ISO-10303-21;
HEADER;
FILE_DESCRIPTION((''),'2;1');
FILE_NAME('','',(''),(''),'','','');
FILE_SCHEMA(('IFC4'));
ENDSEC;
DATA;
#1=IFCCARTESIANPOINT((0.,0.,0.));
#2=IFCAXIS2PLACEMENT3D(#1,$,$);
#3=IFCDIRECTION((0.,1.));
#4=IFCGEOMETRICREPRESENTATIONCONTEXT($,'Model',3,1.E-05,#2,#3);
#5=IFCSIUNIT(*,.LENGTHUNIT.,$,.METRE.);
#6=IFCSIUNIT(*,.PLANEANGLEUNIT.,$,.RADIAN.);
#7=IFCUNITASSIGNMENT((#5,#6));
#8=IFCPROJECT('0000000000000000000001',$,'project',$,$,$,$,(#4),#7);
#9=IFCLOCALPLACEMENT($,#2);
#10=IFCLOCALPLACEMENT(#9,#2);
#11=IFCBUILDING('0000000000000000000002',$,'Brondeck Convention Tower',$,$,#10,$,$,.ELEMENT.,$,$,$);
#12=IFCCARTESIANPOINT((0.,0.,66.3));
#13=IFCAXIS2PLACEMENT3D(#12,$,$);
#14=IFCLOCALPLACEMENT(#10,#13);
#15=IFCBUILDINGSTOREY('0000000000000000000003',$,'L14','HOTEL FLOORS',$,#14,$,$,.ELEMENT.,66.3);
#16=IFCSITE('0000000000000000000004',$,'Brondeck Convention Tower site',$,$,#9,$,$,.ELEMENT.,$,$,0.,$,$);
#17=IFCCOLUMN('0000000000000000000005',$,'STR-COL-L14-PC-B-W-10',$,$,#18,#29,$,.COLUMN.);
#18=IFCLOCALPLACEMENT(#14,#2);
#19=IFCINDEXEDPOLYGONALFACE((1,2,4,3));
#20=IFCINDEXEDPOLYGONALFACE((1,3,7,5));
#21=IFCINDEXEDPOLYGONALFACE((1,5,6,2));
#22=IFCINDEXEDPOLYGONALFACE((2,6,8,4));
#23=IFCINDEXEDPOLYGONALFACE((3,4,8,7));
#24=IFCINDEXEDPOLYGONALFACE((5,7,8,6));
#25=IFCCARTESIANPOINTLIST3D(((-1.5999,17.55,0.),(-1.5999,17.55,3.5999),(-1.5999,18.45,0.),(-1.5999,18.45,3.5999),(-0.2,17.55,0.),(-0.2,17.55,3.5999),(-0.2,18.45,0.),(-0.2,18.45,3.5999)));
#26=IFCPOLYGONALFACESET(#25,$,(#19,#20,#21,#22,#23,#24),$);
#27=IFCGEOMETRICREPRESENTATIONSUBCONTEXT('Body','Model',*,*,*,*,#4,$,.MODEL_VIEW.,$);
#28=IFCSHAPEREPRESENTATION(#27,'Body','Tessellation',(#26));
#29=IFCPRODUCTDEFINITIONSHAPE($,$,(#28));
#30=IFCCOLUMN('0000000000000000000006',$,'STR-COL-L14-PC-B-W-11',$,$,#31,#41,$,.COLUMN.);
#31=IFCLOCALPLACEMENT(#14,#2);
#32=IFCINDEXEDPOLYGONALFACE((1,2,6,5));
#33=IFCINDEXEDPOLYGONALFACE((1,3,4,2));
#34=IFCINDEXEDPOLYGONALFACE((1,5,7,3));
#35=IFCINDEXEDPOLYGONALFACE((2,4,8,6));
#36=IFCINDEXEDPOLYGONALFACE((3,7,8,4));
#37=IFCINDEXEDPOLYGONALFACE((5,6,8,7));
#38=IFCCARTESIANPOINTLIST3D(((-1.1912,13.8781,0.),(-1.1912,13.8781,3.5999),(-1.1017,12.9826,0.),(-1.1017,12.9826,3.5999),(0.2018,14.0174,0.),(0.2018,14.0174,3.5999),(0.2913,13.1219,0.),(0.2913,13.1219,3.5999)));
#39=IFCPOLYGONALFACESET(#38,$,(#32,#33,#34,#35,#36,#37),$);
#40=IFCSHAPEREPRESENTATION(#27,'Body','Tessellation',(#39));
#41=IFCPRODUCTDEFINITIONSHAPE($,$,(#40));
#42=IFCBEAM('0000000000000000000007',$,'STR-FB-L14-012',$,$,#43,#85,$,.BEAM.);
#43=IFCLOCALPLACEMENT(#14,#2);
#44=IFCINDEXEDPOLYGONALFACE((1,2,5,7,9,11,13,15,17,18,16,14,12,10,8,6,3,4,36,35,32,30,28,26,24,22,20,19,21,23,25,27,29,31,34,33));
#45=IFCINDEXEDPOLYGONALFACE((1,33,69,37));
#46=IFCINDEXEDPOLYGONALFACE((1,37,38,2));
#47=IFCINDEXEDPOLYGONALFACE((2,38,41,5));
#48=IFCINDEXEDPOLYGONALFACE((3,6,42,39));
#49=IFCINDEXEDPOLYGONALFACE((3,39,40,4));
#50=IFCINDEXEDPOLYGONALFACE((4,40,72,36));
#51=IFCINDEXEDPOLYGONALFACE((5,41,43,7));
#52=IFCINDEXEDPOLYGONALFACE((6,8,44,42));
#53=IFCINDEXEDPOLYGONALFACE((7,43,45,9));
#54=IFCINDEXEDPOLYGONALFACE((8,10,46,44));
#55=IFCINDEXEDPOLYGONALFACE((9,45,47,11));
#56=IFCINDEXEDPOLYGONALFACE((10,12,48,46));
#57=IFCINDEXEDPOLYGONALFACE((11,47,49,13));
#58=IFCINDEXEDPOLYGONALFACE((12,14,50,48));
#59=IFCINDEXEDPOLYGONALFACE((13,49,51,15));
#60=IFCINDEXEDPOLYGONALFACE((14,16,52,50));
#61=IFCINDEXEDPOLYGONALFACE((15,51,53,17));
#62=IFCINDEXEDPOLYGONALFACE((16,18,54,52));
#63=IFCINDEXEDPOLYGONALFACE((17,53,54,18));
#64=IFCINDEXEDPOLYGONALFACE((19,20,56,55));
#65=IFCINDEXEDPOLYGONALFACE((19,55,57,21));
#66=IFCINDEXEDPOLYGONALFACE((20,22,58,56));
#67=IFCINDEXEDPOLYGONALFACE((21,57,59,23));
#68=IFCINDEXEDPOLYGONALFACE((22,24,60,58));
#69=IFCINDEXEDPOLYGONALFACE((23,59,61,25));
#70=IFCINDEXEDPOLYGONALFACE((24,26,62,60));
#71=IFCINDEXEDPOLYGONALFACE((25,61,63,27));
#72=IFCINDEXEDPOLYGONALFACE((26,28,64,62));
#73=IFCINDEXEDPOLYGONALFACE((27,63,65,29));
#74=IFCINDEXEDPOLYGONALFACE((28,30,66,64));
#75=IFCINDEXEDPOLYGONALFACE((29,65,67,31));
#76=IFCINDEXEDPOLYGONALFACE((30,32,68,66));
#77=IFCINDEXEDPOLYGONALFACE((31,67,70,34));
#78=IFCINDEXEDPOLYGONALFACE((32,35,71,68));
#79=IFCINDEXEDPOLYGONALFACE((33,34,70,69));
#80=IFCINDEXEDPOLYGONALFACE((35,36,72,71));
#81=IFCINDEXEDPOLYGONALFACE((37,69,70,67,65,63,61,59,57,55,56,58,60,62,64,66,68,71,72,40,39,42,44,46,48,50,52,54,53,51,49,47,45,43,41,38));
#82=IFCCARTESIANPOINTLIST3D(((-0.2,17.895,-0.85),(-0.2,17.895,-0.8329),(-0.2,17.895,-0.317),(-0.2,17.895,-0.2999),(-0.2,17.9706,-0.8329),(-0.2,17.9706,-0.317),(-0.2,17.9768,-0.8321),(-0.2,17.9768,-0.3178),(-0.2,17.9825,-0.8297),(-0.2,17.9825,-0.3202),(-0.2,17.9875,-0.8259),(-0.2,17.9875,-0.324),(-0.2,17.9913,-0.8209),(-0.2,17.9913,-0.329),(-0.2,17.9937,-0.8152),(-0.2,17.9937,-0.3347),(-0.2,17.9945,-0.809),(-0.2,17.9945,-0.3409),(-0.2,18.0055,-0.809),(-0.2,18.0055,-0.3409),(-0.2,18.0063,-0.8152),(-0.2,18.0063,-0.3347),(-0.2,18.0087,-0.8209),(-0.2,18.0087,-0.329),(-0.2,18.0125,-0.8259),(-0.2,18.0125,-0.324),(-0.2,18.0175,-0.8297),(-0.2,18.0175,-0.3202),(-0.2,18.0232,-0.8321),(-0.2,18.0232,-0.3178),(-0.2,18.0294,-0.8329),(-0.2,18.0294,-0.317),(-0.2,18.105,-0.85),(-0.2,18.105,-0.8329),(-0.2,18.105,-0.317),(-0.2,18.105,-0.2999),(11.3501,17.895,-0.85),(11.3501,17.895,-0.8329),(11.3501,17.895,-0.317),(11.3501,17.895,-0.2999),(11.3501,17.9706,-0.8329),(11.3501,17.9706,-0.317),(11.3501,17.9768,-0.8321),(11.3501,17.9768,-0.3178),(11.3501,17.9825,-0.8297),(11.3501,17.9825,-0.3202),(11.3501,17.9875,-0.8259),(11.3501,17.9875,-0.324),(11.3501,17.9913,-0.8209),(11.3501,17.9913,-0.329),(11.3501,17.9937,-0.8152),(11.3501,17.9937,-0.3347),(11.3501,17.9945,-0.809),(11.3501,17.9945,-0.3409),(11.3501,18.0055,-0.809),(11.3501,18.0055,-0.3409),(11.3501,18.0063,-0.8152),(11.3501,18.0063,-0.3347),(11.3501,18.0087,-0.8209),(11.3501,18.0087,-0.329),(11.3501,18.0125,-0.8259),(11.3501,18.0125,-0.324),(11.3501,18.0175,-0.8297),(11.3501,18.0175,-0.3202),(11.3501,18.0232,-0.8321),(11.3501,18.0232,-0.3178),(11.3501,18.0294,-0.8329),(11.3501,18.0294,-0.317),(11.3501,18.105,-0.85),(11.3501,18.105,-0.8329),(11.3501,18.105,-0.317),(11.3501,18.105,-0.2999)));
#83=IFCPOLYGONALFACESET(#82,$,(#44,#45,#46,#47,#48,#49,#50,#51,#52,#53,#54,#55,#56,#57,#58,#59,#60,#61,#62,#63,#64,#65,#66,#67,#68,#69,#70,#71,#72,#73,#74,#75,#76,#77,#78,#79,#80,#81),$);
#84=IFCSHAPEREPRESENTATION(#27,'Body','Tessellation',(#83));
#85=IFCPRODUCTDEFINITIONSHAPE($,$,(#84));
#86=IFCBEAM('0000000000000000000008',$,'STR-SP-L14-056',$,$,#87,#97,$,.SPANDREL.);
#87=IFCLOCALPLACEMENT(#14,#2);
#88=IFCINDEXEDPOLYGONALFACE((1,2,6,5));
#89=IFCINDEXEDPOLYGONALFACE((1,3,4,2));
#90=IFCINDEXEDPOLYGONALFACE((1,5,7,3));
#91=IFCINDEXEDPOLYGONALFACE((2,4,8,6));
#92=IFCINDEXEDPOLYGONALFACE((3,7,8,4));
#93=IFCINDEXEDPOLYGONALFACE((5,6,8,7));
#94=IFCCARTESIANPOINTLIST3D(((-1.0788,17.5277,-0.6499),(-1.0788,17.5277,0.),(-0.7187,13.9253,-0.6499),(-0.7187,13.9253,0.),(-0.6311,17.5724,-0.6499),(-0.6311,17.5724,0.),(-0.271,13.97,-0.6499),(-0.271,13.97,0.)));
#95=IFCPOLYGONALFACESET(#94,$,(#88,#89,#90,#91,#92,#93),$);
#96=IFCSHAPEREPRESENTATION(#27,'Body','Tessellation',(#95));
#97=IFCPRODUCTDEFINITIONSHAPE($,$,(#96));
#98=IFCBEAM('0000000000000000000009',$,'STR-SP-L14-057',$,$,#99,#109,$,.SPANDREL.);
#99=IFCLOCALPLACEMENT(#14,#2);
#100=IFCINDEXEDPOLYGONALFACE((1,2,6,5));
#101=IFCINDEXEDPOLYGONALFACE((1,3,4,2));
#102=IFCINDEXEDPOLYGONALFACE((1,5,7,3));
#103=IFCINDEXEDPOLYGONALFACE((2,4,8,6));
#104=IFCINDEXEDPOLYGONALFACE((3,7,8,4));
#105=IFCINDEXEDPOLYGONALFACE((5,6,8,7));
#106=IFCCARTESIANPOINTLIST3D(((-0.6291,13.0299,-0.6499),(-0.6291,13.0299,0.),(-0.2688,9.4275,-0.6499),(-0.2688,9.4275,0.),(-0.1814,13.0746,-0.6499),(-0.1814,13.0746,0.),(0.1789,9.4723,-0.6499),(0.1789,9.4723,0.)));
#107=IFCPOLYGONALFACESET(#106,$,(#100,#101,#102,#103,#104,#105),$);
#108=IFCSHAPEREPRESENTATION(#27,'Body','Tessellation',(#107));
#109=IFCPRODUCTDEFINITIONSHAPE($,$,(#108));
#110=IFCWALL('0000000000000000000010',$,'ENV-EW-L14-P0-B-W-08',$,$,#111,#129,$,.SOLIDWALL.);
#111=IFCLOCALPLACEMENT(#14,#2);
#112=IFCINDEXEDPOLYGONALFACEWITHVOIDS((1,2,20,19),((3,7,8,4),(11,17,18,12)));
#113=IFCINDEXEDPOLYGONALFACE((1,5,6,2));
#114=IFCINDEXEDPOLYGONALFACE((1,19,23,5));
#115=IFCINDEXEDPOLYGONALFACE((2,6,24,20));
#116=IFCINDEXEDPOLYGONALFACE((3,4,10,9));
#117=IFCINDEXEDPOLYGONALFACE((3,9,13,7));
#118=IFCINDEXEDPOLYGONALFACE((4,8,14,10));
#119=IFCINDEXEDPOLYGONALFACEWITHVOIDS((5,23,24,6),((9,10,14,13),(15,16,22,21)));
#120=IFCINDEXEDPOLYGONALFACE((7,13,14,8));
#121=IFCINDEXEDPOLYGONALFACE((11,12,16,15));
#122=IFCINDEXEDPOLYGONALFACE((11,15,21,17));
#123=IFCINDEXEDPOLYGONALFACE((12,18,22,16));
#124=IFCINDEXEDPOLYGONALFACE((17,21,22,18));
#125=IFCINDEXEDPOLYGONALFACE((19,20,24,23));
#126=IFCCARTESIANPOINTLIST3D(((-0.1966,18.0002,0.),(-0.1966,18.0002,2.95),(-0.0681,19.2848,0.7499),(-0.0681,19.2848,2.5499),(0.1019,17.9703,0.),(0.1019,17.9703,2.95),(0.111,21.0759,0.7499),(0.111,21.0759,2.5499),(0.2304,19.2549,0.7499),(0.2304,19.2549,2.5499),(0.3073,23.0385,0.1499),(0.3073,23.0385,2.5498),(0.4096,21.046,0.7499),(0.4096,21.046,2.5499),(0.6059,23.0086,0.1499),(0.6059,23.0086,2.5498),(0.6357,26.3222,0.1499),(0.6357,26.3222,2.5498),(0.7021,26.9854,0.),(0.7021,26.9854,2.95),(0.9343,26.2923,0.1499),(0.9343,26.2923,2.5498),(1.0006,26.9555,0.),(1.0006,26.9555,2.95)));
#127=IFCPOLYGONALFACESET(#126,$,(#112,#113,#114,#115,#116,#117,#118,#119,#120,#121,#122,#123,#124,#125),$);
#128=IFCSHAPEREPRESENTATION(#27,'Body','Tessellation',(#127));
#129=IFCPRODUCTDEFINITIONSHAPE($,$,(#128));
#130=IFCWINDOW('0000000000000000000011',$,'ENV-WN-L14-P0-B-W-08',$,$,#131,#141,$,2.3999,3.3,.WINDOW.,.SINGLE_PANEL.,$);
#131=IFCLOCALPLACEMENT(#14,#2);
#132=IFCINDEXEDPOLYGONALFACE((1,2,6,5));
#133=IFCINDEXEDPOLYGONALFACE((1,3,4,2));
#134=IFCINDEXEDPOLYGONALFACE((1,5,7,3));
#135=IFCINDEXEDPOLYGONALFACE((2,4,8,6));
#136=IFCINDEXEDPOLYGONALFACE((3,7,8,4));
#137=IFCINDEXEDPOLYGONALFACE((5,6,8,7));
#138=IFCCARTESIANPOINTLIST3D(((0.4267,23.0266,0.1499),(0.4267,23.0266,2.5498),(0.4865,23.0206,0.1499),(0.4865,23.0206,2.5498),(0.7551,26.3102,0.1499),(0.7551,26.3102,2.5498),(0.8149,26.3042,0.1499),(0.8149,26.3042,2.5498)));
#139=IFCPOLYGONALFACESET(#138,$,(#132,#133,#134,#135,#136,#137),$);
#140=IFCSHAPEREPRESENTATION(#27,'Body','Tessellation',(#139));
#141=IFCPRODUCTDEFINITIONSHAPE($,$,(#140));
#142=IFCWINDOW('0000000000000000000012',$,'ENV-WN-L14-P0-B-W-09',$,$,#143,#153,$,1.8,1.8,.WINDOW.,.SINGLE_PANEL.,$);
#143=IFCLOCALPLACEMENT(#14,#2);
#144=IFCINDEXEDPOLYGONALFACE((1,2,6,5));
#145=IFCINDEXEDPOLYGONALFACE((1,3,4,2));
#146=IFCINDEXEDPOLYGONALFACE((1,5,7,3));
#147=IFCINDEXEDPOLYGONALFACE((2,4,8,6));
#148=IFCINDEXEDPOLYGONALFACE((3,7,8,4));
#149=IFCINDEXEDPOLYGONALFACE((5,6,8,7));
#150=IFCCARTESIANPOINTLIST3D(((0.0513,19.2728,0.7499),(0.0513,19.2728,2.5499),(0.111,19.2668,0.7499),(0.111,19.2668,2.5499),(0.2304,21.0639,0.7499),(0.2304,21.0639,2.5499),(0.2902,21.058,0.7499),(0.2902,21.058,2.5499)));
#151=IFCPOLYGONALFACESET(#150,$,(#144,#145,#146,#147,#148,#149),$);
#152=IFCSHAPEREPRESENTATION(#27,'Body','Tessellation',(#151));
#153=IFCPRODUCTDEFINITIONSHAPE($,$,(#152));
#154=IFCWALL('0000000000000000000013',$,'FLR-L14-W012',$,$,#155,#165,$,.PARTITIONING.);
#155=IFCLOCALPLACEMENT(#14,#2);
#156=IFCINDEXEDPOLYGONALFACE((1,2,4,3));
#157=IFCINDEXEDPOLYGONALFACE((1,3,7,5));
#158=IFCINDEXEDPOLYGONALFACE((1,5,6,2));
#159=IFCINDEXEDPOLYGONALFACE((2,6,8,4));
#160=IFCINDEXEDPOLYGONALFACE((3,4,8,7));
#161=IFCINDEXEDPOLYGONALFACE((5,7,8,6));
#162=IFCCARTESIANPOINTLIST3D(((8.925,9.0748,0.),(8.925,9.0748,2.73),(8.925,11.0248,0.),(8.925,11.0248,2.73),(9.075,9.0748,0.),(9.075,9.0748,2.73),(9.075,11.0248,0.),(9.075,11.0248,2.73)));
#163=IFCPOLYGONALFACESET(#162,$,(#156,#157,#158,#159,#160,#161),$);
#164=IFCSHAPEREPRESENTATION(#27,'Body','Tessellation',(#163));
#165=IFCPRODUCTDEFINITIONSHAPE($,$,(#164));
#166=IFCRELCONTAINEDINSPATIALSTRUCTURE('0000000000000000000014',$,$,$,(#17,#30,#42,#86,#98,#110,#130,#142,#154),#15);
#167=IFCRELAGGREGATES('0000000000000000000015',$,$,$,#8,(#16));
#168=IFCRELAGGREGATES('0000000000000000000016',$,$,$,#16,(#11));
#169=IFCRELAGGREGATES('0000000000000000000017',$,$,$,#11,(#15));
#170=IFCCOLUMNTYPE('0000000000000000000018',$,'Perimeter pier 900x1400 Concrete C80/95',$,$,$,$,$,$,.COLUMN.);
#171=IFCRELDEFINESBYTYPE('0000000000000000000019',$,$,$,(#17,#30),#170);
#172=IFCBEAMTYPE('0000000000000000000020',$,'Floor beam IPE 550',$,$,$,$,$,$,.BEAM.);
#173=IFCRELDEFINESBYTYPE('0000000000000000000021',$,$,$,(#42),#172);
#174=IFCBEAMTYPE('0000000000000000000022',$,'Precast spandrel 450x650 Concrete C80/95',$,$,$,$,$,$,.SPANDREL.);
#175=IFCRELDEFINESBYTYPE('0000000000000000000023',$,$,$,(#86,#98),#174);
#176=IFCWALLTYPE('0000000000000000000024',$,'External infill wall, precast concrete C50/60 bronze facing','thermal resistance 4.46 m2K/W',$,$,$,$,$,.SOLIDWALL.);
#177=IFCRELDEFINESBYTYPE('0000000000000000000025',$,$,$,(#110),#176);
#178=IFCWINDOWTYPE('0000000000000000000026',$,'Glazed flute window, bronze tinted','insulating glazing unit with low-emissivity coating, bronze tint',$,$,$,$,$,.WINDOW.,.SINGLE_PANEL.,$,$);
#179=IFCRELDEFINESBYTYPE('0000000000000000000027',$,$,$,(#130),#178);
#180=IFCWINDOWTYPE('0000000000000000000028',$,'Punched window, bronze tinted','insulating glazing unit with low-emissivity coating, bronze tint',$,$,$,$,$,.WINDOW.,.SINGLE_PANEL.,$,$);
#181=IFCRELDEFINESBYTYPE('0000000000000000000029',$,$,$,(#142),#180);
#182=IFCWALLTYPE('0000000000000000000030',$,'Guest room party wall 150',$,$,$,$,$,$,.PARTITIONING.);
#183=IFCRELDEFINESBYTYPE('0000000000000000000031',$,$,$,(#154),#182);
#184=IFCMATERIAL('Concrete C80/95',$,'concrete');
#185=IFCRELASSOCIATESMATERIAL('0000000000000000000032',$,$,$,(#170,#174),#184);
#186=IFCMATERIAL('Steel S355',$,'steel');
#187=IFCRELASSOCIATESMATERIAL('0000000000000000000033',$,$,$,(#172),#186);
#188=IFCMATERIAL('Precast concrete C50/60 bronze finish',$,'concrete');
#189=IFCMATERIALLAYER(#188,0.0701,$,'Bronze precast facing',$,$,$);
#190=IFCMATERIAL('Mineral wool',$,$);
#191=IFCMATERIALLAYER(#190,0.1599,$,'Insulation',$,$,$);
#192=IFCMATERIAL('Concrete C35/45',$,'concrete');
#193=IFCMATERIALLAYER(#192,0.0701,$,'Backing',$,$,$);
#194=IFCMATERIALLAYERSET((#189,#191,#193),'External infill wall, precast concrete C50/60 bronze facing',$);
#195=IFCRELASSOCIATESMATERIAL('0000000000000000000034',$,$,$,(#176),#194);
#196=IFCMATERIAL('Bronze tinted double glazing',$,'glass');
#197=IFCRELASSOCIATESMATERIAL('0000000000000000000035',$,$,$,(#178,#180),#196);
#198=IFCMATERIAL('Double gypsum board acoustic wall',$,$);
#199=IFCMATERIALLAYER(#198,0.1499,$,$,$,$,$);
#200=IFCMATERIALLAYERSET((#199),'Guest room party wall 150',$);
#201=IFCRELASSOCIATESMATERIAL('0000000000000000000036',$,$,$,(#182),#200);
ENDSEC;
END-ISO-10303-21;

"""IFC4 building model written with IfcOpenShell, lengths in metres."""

from ifc_helpers import new_model, si_unit, direction, frame, frame_2d, origin, origin_2d, place, context, subcontext, project, spatial, rectangle, i_section, extrude, material, layer, layer_set, material_profile, profile_set, type_object, element, fill, save


model = new_model("IFC4")

# Units and contexts
model_context = context("Model", 3, precision=1e-05, world=origin(), true_north=direction((0.0, 1.0)))
body_context = subcontext(model_context, "Body", "Model", "MODEL_VIEW")
ifc_project = project(units=[si_unit("LENGTHUNIT", "METRE"), si_unit("PLANEANGLEUNIT", "RADIAN")], contexts=[model_context])

# Site, building, storey
site_placement = place(None, origin())
site = spatial("IfcSite", under=ifc_project, at=site_placement, Name="Brondeck Convention Tower site", CompositionType="ELEMENT", RefElevation=0.0)
building_placement = place(site_placement, origin())
building = spatial("IfcBuilding", under=site, at=building_placement, Name="Brondeck Convention Tower", CompositionType="ELEMENT")
storey_placement = place(building_placement, frame((0.0, 0.0, 66.3)))
storey = spatial("IfcBuildingStorey", under=building, at=storey_placement, Name="L14", Description="HOTEL FLOORS", CompositionType="ELEMENT", Elevation=66.3)

# Columns
ifc_material_1 = material(Name="Concrete C80/95", Category="concrete")
ifc_material_profile_1 = material_profile(ifc_material_1, rectangle(XDim=0.8999, YDim=1.3999, at=origin_2d()), Name="Perimeter pier 900x1400 Concrete C80/95")
ifc_profile_set_1 = profile_set([ifc_material_profile_1], Name="Concrete C80/95")
column_type = type_object("IfcColumnType", Name="Perimeter pier 900x1400 Concrete C80/95", PredefinedType="COLUMN", material=ifc_profile_set_1)
for number, where, z_axis, x_axis, name in (
    (1, (-0.8999, 18.0, 0.0), (0.0, 0.0, 1.0), (0.0, -1.0, 0.0), "STR-COL-L14-PC-B-W-10"),
    (2, (-0.45, 13.5, 0.0), (0.0, 0.0, 1.0), (0.099504, -0.995037, 0.0), "STR-COL-L14-PC-B-W-11"),
):
    element("IfcColumn", number, at=place(storey_placement, frame(where, z_axis=z_axis, x_axis=x_axis)), inside=storey, type_object=column_type, Name=name, PredefinedType="COLUMN", context=body_context, shape_type="SweptSolid", body=[
        extrude(rectangle(XDim=0.8999, YDim=1.3999, at=origin_2d()), origin(), (0.0, 0.0, 1.0), 3.5999),
    ])

# Beams
ifc_material_2 = material(Name="Steel S355", Category="steel")
ifc_material_profile_2 = material_profile(ifc_material_2, i_section(OverallWidth=0.21, OverallDepth=0.55, WebThickness=0.011, FlangeThickness=0.0171, FilletRadius=0.0239, at=origin_2d()), Name="IPE 550")
ifc_profile_set_2 = profile_set([ifc_material_profile_2], Name="Steel S355")
beam_type_1 = type_object("IfcBeamType", Name="Floor beam IPE 550", PredefinedType="BEAM", material=ifc_profile_set_2)
beam_placement = place(storey_placement, frame((-0.2, 18.0, -0.575), z_axis=(1.0, 0.0, 0.0), x_axis=(0.0, 1.0, 0.0)))
element("IfcBeam", 3, at=beam_placement, inside=storey, type_object=beam_type_1, Name="STR-FB-L14-012", PredefinedType="BEAM", context=body_context, shape_type="SweptSolid", body=[
    extrude(i_section(OverallWidth=0.21, OverallDepth=0.55, WebThickness=0.011, FlangeThickness=0.0171, FilletRadius=0.0239, at=origin_2d()), origin(), (0.0, 0.0, 1.0), 11.55),
])
ifc_material_profile_3 = material_profile(ifc_material_1, rectangle(XDim=0.45, YDim=0.6499, at=origin_2d()), Name="Precast spandrel 450x650 Concrete C80/95")
ifc_profile_set_3 = profile_set([ifc_material_profile_3], Name="Concrete C80/95")
beam_type_2 = type_object("IfcBeamType", Name="Precast spandrel 450x650 Concrete C80/95", PredefinedType="SPANDREL", material=ifc_profile_set_3)
for number, where, z_axis, x_axis, name in (
    (4, (-0.855, 17.55, -0.325), (0.09947, -0.995041, 0.0), (0.995041, 0.09947, 0.0), "STR-SP-L14-056"),
    (5, (-0.4053, 13.0522, -0.325), (0.099537, -0.995034, 0.0), (0.995034, 0.099537, 0.0), "STR-SP-L14-057"),
):
    element("IfcBeam", number, at=place(storey_placement, frame(where, z_axis=z_axis, x_axis=x_axis)), inside=storey, type_object=beam_type_2, Name=name, PredefinedType="SPANDREL", context=body_context, shape_type="SweptSolid", body=[
        extrude(rectangle(XDim=0.45, YDim=0.6499, at=origin_2d()), origin(), (0.0, 0.0, 1.0), 3.6204),
    ])

# Wall, openings, windows
ifc_material_3 = material(Name="Precast concrete C50/60 bronze finish", Category="concrete")
ifc_layer_1 = layer(ifc_material_3, 0.0701, Name="Bronze precast facing")
ifc_material_4 = material(Name="Mineral wool")
ifc_layer_2 = layer(ifc_material_4, 0.1599, Name="Insulation")
ifc_material_5 = material(Name="Concrete C35/45", Category="concrete")
ifc_layer_3 = layer(ifc_material_5, 0.0701, Name="Backing")
ifc_layer_set_1 = layer_set([ifc_layer_1, ifc_layer_2, ifc_layer_3], Name="External infill wall, precast concrete C50/60 bronze facing")
wall_type_1 = type_object("IfcWallType", Name="External infill wall, precast concrete C50/60 bronze facing", Description="thermal resistance 4.46 m2K/W", PredefinedType="SOLIDWALL", material=ifc_layer_set_1)
wall_1_placement = place(storey_placement, frame((-0.0474, 17.9851, 0.0), z_axis=(0.0, 0.0, 1.0), x_axis=(0.099522, 0.995035, 0.0)))
wall_1 = element("IfcWall", 6, at=wall_1_placement, inside=storey, type_object=wall_type_1, Name="ENV-EW-L14-P0-B-W-08", PredefinedType="SOLIDWALL", context=body_context, shape_type="SweptSolid", body=[
    extrude(rectangle(XDim=9.03, YDim=0.3, at=frame_2d((4.5151, 0.0))), origin(), (0.0, 0.0, 1.0), 2.95),
])
opening_1_placement = place(wall_1_placement, frame((1.2913, 0.0, 0.75)))
opening_1 = element("IfcOpeningElement", 7, at=opening_1_placement, cuts=wall_1, PredefinedType="OPENING", context=body_context, shape_type="SweptSolid", body=[
    extrude(rectangle(XDim=1.8, YDim=1.8, at=frame_2d((0.8999, 0.8999))), frame((0.0, 0.1599, 0.0), z_axis=(0.0, -1.0, 0.0), x_axis=(1.0, 0.0, 0.0)), (0.0, 0.0, 1.0), 0.3201),
])
opening_2_placement = place(wall_1_placement, frame((5.0637, 0.0, 0.1499)))
opening_2 = element("IfcOpeningElement", 8, at=opening_2_placement, cuts=wall_1, PredefinedType="OPENING", context=body_context, shape_type="SweptSolid", body=[
    extrude(rectangle(XDim=3.3, YDim=2.3999, at=frame_2d((1.6499, 1.2))), frame((0.0, 0.1599, 0.0), z_axis=(0.0, -1.0, 0.0), x_axis=(1.0, 0.0, 0.0)), (0.0, 0.0, 1.0), 0.3201),
])
ifc_material_6 = material(Name="Bronze tinted double glazing", Category="glass")
window_type_1 = type_object("IfcWindowType", Name="Glazed flute window, bronze tinted", Description="insulating glazing unit with low-emissivity coating, bronze tint", PartitioningType="SINGLE_PANEL", PredefinedType="WINDOW", material=ifc_material_6)
window_1_placement = place(opening_2_placement, origin())
window_1 = element("IfcWindow", 9, at=window_1_placement, inside=storey, type_object=window_type_1, Name="ENV-WN-L14-P0-B-W-08", OverallHeight=2.3999, OverallWidth=3.3, PartitioningType="SINGLE_PANEL", PredefinedType="WINDOW", context=body_context, shape_type="SweptSolid", body=[
    extrude(rectangle(XDim=3.3, YDim=2.3999, at=frame_2d((1.6499, 1.2))), frame((0.0, 0.03, 0.0), z_axis=(0.0, -1.0, 0.0), x_axis=(1.0, 0.0, 0.0)), (0.0, 0.0, 1.0), 0.0601),
])
fill(opening_2, window_1)
window_type_2 = type_object("IfcWindowType", Name="Punched window, bronze tinted", Description="insulating glazing unit with low-emissivity coating, bronze tint", PartitioningType="SINGLE_PANEL", PredefinedType="WINDOW", material=ifc_material_6)
window_2_placement = place(opening_1_placement, origin())
window_2 = element("IfcWindow", 10, at=window_2_placement, inside=storey, type_object=window_type_2, Name="ENV-WN-L14-P0-B-W-09", OverallHeight=1.8, OverallWidth=1.8, PartitioningType="SINGLE_PANEL", PredefinedType="WINDOW", context=body_context, shape_type="SweptSolid", body=[
    extrude(rectangle(XDim=1.8, YDim=1.8, at=frame_2d((0.8999, 0.8999))), frame((0.0, 0.03, 0.0), z_axis=(0.0, -1.0, 0.0), x_axis=(1.0, 0.0, 0.0)), (0.0, 0.0, 1.0), 0.0601),
])
fill(opening_1, window_2)

# Wall
ifc_material_7 = material(Name="Double gypsum board acoustic wall")
ifc_layer_4 = layer(ifc_material_7, 0.1499)
ifc_layer_set_2 = layer_set([ifc_layer_4], Name="Guest room party wall 150")
wall_type_2 = type_object("IfcWallType", Name="Guest room party wall 150", PredefinedType="PARTITIONING", material=ifc_layer_set_2)
wall_2_placement = place(storey_placement, frame((9.0, 11.0249, 0.0), z_axis=(0.0, 0.0, 1.0), x_axis=(0.0, -1.0, 0.0)))
element("IfcWall", 11, at=wall_2_placement, inside=storey, type_object=wall_type_2, Name="FLR-L14-W012", PredefinedType="PARTITIONING", context=body_context, shape_type="SweptSolid", body=[
    extrude(rectangle(XDim=1.95, YDim=0.1499, at=frame_2d((0.9751, 0.0))), origin(), (0.0, 0.0, 1.0), 2.73),
])

save(model, "model.ifc")
